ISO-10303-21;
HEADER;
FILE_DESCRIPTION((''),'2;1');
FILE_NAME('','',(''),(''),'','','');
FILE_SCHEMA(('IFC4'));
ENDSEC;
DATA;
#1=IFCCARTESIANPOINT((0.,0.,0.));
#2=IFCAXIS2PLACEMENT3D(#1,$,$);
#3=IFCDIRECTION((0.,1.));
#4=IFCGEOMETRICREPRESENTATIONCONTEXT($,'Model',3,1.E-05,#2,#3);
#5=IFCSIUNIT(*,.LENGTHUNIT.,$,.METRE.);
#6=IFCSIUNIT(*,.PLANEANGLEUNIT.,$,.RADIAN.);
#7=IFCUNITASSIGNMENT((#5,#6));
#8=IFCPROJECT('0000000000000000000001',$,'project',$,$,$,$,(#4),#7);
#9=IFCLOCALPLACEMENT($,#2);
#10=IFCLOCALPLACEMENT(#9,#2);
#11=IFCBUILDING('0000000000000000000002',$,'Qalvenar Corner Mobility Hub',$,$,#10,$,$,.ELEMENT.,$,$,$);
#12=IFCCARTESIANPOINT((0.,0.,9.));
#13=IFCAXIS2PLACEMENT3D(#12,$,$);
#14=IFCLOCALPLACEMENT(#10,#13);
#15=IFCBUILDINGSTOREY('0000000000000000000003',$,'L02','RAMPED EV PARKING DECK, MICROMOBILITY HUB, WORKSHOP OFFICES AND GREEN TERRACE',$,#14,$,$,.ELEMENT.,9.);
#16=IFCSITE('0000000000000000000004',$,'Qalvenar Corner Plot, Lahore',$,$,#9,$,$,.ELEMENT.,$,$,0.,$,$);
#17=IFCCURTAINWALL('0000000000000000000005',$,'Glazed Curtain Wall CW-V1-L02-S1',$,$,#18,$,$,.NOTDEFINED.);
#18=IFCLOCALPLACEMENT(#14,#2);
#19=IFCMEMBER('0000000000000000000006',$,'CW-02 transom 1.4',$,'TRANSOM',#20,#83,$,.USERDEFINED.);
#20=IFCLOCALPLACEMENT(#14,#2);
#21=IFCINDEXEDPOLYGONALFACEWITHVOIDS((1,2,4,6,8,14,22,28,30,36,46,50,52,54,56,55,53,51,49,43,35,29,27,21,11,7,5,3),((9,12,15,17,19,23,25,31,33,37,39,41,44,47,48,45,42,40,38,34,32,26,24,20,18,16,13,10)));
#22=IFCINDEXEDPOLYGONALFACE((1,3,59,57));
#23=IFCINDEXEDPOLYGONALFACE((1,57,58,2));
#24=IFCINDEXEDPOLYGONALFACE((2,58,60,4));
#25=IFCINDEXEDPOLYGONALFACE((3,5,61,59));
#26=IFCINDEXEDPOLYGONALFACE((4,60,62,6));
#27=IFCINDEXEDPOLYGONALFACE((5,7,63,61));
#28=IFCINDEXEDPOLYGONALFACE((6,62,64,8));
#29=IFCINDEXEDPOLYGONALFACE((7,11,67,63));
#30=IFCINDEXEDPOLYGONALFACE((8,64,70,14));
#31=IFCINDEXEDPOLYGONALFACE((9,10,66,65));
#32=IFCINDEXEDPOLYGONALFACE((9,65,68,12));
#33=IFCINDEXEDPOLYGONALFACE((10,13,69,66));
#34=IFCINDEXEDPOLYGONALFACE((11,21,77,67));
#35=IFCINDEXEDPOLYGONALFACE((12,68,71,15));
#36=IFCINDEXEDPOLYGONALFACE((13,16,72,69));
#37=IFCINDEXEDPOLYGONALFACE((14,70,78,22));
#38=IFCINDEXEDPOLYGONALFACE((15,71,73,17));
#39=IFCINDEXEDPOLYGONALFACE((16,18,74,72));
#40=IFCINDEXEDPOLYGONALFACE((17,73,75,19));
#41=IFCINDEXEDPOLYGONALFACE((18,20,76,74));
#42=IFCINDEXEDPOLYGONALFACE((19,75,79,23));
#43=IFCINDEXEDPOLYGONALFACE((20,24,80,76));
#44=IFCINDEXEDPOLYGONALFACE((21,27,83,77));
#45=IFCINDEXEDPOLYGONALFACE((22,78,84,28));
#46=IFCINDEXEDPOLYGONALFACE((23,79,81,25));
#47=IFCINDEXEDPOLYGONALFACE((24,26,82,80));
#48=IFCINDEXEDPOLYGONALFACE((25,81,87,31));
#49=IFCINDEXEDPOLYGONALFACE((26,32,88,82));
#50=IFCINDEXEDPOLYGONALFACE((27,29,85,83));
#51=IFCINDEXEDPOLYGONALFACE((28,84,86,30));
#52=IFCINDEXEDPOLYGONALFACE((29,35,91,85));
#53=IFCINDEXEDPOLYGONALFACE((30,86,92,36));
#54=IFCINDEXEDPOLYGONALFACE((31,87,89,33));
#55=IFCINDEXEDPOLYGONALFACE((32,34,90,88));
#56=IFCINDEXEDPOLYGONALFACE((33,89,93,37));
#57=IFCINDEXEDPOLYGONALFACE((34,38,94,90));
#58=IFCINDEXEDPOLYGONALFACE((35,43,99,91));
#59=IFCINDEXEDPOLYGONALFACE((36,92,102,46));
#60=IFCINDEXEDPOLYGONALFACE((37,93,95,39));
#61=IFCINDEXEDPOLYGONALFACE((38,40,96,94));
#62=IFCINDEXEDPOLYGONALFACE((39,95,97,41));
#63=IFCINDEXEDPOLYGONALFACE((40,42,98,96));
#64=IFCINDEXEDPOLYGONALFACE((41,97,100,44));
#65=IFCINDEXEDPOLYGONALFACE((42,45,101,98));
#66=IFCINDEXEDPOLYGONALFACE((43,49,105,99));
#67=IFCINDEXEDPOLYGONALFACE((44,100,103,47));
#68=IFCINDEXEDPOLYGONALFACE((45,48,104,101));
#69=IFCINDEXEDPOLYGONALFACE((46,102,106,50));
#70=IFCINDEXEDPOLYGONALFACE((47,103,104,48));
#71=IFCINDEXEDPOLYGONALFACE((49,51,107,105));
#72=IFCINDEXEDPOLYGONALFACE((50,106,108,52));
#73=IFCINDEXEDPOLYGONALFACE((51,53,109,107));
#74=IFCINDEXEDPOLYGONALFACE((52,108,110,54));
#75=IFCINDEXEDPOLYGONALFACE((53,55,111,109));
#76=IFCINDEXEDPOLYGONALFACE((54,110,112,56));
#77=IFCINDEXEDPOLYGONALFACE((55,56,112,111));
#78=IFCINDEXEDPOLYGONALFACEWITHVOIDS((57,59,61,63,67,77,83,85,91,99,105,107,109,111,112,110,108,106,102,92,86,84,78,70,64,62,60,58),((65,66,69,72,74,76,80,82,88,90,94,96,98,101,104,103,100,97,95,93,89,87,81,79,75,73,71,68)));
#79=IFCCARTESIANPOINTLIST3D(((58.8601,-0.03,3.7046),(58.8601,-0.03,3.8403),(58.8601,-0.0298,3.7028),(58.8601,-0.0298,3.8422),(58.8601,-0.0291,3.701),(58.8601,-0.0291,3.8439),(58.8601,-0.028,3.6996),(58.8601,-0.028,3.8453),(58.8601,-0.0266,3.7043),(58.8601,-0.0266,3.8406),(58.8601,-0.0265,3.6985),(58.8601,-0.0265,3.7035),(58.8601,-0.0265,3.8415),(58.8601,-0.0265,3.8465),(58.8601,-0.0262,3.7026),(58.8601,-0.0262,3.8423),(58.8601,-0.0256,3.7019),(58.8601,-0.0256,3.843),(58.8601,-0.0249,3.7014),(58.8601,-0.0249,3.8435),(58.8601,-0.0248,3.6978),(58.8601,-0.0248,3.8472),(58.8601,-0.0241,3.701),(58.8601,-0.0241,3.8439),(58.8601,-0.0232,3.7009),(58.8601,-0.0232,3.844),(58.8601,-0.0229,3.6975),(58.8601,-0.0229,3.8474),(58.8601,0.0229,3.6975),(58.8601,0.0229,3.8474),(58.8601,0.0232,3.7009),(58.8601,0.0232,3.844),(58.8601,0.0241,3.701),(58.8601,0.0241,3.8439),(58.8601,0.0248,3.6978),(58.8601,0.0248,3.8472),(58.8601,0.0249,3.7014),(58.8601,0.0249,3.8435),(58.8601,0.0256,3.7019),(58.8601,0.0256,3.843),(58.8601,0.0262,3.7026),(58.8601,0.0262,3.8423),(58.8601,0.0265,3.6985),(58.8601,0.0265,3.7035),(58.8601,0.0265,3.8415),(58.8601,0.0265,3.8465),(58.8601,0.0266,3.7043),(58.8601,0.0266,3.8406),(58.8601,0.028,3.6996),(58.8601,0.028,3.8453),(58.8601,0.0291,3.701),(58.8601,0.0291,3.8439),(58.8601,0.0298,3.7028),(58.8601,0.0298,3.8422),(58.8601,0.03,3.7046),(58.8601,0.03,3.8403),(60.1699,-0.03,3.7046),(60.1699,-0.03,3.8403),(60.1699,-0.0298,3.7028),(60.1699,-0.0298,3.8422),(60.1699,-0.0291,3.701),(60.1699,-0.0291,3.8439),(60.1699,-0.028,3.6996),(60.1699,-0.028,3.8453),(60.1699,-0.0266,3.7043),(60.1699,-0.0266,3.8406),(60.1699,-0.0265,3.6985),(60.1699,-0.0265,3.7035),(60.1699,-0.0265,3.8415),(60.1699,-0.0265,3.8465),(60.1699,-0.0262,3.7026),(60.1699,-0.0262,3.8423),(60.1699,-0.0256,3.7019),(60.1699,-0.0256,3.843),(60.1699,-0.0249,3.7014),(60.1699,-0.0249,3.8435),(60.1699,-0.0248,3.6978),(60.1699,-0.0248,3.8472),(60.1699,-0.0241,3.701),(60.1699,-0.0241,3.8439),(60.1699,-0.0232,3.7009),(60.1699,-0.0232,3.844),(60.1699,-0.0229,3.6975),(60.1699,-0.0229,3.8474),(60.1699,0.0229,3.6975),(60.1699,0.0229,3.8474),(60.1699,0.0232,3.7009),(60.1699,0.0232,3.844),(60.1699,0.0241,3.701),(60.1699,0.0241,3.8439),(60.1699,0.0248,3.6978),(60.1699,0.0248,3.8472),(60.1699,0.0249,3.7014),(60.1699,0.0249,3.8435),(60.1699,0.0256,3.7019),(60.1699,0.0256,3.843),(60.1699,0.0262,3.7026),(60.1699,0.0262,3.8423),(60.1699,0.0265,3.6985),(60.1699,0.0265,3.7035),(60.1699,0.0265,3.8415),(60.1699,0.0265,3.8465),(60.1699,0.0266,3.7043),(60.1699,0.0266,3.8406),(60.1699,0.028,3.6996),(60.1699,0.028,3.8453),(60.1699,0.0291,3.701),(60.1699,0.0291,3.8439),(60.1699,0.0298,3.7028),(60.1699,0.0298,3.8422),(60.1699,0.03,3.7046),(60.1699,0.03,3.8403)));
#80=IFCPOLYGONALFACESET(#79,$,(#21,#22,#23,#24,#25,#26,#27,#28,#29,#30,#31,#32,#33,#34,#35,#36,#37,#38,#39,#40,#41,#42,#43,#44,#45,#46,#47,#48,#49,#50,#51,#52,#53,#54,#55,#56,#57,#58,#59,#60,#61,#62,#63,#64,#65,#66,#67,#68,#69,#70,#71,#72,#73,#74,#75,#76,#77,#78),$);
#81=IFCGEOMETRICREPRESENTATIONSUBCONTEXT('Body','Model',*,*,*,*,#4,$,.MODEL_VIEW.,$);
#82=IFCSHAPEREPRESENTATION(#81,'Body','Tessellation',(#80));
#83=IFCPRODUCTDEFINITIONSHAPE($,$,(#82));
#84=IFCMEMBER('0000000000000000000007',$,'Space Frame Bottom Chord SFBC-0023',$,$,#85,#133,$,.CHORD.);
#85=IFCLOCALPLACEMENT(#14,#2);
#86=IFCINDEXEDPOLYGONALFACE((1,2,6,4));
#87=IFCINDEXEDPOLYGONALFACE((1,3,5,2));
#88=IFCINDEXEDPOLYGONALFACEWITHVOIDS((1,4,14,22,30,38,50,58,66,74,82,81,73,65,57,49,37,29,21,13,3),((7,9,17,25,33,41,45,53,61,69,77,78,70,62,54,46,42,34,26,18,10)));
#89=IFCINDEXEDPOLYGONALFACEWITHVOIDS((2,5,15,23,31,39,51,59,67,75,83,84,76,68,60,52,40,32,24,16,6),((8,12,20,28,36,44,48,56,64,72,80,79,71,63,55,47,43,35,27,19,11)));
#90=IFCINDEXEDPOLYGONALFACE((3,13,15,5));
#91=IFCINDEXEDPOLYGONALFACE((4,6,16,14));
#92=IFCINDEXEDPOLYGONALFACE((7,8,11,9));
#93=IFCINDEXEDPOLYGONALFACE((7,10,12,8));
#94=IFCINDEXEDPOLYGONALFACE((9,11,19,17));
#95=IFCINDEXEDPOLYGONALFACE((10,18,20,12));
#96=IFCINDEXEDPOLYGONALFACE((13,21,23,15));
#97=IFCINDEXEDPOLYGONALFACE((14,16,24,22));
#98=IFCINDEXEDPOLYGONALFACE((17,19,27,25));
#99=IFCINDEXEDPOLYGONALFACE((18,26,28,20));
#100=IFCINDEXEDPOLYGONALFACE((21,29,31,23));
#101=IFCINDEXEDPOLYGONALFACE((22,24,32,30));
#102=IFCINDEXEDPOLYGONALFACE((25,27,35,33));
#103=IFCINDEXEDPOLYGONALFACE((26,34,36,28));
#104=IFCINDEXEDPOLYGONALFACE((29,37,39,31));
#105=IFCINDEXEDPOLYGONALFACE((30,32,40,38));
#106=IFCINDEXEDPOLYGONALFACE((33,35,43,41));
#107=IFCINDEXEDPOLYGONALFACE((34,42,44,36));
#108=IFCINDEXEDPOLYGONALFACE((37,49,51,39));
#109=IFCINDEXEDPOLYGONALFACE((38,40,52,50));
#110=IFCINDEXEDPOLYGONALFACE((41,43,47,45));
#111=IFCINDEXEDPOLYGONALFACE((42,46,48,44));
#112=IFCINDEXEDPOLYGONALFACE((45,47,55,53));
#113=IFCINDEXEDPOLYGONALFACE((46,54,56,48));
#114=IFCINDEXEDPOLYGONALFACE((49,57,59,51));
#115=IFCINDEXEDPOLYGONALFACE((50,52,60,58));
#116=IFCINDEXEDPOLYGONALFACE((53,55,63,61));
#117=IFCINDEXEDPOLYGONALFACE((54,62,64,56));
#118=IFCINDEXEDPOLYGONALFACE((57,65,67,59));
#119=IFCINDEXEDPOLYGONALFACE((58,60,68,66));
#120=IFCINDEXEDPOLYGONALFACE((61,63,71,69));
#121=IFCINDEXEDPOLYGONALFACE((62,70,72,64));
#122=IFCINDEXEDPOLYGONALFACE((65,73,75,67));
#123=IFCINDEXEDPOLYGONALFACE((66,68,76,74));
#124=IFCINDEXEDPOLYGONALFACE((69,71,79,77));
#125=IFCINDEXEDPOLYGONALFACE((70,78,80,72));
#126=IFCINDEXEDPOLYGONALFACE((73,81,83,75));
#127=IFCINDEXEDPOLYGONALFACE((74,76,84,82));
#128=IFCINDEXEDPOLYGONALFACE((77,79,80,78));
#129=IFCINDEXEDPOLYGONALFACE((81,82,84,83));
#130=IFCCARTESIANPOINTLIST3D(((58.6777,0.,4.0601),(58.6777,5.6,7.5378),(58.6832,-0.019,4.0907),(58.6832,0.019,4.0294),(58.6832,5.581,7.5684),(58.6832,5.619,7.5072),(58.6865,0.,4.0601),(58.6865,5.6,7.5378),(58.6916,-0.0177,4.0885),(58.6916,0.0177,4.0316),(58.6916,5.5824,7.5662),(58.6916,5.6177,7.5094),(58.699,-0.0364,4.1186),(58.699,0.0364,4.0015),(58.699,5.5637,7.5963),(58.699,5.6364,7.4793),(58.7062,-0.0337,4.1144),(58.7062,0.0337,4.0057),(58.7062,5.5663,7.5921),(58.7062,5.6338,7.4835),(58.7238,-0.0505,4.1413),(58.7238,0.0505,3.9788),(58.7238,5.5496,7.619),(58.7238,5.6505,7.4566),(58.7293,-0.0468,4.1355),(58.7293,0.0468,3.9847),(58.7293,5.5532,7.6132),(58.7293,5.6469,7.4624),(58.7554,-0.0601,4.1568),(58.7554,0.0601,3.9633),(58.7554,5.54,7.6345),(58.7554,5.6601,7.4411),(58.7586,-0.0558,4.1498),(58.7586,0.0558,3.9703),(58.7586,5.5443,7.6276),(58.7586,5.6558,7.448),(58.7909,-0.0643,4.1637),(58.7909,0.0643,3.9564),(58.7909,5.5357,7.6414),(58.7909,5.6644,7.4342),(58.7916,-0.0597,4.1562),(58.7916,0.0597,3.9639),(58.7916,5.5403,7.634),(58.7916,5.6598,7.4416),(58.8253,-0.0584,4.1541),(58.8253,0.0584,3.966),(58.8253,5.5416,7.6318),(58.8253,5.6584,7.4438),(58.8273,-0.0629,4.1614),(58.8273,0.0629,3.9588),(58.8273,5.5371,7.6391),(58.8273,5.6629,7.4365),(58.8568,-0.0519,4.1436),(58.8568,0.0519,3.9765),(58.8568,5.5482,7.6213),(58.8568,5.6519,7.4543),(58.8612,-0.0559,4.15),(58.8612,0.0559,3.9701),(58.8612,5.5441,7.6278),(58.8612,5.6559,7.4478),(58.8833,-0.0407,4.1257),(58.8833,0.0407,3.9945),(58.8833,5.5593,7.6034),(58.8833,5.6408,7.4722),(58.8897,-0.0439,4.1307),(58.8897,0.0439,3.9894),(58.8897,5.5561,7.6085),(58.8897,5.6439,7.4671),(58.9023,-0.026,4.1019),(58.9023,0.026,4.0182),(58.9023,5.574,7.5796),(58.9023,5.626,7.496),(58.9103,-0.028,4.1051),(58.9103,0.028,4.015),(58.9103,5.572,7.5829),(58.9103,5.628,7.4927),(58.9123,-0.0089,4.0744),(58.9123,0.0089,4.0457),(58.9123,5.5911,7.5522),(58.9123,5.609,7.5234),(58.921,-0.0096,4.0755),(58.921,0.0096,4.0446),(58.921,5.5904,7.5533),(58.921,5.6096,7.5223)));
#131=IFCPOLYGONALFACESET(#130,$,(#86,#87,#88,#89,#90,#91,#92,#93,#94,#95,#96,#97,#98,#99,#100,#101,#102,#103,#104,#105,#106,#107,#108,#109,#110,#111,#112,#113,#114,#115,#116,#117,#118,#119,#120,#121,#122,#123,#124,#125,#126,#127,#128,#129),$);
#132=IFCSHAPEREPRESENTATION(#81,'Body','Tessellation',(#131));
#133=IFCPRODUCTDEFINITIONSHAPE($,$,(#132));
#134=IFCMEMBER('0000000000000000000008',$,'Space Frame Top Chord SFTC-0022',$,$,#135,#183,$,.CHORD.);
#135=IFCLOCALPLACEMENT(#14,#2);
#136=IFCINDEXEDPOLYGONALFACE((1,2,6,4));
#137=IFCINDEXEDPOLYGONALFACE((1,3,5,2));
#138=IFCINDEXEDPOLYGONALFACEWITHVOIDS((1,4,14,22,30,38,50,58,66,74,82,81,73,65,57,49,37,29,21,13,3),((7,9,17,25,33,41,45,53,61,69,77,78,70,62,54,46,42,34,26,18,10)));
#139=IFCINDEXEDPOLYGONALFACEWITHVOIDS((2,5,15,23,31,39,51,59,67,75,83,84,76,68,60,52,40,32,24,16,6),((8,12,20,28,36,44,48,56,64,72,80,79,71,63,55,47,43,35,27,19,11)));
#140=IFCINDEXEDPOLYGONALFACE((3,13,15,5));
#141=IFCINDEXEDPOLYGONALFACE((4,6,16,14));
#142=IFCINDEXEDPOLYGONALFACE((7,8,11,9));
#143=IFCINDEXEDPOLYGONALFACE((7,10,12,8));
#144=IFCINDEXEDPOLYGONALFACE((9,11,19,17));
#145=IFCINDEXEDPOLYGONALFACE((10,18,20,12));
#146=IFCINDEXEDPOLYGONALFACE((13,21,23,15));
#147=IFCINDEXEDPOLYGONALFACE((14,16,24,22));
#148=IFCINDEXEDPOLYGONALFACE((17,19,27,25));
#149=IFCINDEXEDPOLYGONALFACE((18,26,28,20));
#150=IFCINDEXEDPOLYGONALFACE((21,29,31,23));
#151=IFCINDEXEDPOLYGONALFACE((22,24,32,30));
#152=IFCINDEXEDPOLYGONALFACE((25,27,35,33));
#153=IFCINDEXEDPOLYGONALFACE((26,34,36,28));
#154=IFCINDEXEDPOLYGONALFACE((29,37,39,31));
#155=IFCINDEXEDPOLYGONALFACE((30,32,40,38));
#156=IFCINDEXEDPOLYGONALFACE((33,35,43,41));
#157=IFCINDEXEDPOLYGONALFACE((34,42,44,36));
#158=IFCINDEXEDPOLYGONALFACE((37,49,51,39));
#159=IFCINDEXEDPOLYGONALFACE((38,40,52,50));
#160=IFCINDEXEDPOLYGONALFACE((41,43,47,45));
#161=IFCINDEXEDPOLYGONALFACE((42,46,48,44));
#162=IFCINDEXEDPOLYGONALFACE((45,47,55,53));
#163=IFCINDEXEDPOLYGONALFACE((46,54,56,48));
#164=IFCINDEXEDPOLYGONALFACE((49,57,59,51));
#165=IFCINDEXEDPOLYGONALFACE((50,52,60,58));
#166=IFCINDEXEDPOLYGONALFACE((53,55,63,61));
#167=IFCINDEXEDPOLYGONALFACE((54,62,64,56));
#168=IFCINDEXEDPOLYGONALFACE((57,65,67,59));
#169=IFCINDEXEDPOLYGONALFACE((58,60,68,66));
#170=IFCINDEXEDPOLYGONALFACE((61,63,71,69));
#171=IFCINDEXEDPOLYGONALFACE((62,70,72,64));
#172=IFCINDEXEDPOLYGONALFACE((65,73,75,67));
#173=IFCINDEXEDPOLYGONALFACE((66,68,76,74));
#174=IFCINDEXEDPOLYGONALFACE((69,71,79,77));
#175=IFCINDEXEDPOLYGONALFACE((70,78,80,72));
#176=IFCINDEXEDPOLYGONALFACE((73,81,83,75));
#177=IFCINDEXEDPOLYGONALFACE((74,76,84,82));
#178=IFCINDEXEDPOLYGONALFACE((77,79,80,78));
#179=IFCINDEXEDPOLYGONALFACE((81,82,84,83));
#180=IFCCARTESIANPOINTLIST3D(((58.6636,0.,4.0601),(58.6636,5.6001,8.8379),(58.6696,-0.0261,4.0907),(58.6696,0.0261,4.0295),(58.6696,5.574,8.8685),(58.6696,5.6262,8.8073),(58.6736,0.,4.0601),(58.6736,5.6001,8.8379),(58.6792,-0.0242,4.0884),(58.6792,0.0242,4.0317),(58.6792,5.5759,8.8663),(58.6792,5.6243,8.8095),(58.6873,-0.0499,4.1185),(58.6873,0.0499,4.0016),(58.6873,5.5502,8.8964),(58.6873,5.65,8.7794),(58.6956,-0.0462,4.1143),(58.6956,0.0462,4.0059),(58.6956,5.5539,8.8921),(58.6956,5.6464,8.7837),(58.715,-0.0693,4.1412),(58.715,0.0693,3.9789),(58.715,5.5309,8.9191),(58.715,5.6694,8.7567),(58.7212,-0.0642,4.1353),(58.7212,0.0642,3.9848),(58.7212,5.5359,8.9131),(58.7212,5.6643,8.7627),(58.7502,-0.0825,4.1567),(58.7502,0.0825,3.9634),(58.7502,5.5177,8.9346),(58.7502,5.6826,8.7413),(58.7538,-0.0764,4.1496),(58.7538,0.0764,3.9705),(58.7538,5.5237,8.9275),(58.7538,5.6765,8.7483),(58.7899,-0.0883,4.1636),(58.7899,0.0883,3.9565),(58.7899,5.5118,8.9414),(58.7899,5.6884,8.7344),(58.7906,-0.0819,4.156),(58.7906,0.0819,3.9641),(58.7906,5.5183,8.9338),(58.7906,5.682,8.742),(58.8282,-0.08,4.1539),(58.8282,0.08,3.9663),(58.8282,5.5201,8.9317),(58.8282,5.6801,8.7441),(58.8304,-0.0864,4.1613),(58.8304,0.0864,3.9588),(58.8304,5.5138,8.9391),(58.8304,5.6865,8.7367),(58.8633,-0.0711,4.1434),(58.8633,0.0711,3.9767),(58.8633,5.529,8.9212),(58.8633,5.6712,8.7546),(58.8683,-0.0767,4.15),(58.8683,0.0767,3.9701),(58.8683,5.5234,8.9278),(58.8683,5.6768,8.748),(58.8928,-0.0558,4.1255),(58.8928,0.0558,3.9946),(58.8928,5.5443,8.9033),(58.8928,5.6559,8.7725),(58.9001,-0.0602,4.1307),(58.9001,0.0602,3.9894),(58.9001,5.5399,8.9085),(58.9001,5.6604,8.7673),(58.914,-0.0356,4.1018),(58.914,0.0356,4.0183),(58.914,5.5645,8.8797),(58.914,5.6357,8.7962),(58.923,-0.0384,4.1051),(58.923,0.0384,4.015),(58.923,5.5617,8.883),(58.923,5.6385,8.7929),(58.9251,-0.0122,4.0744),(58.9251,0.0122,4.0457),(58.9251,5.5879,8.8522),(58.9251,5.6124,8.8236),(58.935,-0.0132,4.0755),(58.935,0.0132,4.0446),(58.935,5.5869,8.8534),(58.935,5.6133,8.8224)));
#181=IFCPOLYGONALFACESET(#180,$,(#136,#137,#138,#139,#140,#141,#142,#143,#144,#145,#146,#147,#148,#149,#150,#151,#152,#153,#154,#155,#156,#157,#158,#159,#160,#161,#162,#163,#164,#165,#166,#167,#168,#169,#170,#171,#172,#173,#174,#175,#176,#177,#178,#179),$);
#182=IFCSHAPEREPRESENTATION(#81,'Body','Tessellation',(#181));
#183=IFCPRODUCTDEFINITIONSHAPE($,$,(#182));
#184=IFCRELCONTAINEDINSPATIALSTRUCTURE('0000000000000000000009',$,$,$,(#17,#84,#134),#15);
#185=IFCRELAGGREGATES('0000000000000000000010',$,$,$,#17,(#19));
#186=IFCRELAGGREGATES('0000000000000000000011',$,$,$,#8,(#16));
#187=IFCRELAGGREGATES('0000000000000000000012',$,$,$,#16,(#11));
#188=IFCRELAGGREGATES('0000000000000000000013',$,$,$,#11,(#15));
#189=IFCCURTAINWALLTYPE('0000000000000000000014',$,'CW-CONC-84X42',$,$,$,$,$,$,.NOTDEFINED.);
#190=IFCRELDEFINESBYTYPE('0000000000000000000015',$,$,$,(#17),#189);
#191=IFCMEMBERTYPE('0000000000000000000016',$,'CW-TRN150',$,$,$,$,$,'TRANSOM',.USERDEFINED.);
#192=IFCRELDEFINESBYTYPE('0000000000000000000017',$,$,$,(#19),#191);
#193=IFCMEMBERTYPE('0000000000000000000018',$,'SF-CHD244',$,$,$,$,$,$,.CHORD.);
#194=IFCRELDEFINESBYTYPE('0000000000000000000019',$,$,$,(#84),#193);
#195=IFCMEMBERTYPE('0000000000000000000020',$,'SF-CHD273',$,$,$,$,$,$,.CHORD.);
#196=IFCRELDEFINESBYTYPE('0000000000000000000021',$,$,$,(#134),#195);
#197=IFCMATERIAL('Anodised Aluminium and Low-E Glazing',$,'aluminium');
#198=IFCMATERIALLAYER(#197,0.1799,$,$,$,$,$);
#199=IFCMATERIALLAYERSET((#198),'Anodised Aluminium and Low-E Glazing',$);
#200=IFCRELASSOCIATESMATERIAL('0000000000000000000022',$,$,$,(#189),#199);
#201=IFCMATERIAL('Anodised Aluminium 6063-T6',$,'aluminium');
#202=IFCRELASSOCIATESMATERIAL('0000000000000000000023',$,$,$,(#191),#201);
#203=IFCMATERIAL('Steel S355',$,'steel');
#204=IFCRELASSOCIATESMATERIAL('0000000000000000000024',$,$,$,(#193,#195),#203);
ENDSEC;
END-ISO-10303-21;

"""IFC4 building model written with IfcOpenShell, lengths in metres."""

from ifc_helpers import new_model, si_unit, direction, frame, origin, origin_2d, place, context, subcontext, project, spatial, hollow_rectangle, hollow_circle, extrude, material, layer, layer_set, material_profile, profile_set, type_object, element, aggregate, save


model = new_model("IFC4")

# Units and contexts
model_context = context("Model", 3, precision=1e-05, world=origin(), true_north=direction((0.0, 1.0)))
body_context = subcontext(model_context, "Body", "Model", "MODEL_VIEW")
ifc_project = project(units=[si_unit("LENGTHUNIT", "METRE"), si_unit("PLANEANGLEUNIT", "RADIAN")], contexts=[model_context])

# Site, building, storey
site_placement = place(None, origin())
site = spatial("IfcSite", under=ifc_project, at=site_placement, Name="Qalvenar Corner Plot, Lahore", CompositionType="ELEMENT", RefElevation=0.0)
building_placement = place(site_placement, origin())
building = spatial("IfcBuilding", under=site, at=building_placement, Name="Qalvenar Corner Mobility Hub", CompositionType="ELEMENT")
storey_placement = place(building_placement, frame((0.0, 0.0, 9.0)))
storey = spatial("IfcBuildingStorey", under=building, at=storey_placement, Name="L02", Description="RAMPED EV PARKING DECK, MICROMOBILITY HUB, WORKSHOP OFFICES AND GREEN TERRACE", CompositionType="ELEMENT", Elevation=9.0)

# Shared definitions
ifc_material_1 = material(Name="Anodised Aluminium and Low-E Glazing", Category="aluminium")
ifc_layer_1 = layer(ifc_material_1, 0.1799)
ifc_layer_set_1 = layer_set([ifc_layer_1], Name="Anodised Aluminium and Low-E Glazing")
curtain_wall_type = type_object("IfcCurtainWallType", Name="CW-CONC-84X42", PredefinedType="NOTDEFINED", material=ifc_layer_set_1)
ifc_material_2 = material(Name="Anodised Aluminium 6063-T6", Category="aluminium")

# Curtain wall
curtain_wall_1_placement = place(storey_placement, origin())
curtain_wall_1 = element("IfcCurtainWall", 1, at=curtain_wall_1_placement, inside=storey, type_object=curtain_wall_type, Name="Glazed Curtain Wall CW-V1-L02-S1", PredefinedType="NOTDEFINED")

# Member
ifc_material_profile_1 = material_profile(ifc_material_2, hollow_rectangle(XDim=0.0601, YDim=0.1499, WallThickness=0.0034, InnerFilletRadius=0.0034, OuterFilletRadius=0.0071, at=origin_2d()), Name="RHS150x60x3.5")
ifc_profile_set_1 = profile_set([ifc_material_profile_1], Name="Anodised Aluminium 6063-T6")
member_type_1 = type_object("IfcMemberType", Name="CW-TRN150", ElementType="TRANSOM", PredefinedType="USERDEFINED", material=ifc_profile_set_1)
member_1_placement = place(storey_placement, frame((58.8601, 0.0, 3.7725), z_axis=(1.0, 0.0, 0.0), x_axis=(0.0, 1.0, 0.0)))
member_1 = element("IfcMember", 2, at=member_1_placement, type_object=member_type_1, Name="CW-02 transom 1.4", ObjectType="TRANSOM", PredefinedType="USERDEFINED", context=body_context, shape_type="SweptSolid", body=[
    extrude(hollow_rectangle(XDim=0.0601, YDim=0.1499, WallThickness=0.0034, InnerFilletRadius=0.0034, OuterFilletRadius=0.0071, at=origin_2d()), origin(), (0.0, 0.0, 1.0), 1.3098),
])
aggregate(curtain_wall_1, [member_1])

# Members
ifc_material_3 = material(Name="Steel S355", Category="steel")
ifc_material_profile_2 = material_profile(ifc_material_3, hollow_circle(Radius=0.1223, WallThickness=0.0088, at=origin_2d()), Name="CHS244.5x8.8")
ifc_profile_set_2 = profile_set([ifc_material_profile_2], Name="Steel S355")
member_type_2 = type_object("IfcMemberType", Name="SF-CHD244", PredefinedType="CHORD", material=ifc_profile_set_2)
member_2_placement = place(storey_placement, frame((58.8, 0.0, 4.0601), z_axis=(0.0, 0.849514, 0.527567), x_axis=(-1.0, 0.0, 0.0)))
element("IfcMember", 3, at=member_2_placement, inside=storey, type_object=member_type_2, Name="Space Frame Bottom Chord SFBC-0023", PredefinedType="CHORD", context=body_context, shape_type="SweptSolid", body=[
    extrude(hollow_circle(Radius=0.1223, WallThickness=0.0088, at=origin_2d()), origin(), (0.0, 0.0, 1.0), 6.592),
])
ifc_material_profile_3 = material_profile(ifc_material_3, hollow_circle(Radius=0.1365, WallThickness=0.01, at=origin_2d()), Name="CHS273x10")
ifc_profile_set_3 = profile_set([ifc_material_profile_3], Name="Steel S355")
member_type_3 = type_object("IfcMemberType", Name="SF-CHD273", PredefinedType="CHORD", material=ifc_profile_set_3)
member_3_placement = place(storey_placement, frame((58.8, 0.0, 4.0601), z_axis=(0.0, 0.760748, 0.649047), x_axis=(-1.0, 0.0, 0.0)))
element("IfcMember", 4, at=member_3_placement, inside=storey, type_object=member_type_3, Name="Space Frame Top Chord SFTC-0022", PredefinedType="CHORD", context=body_context, shape_type="SweptSolid", body=[
    extrude(hollow_circle(Radius=0.1365, WallThickness=0.01, at=origin_2d()), origin(), (0.0, 0.0, 1.0), 7.3613),
])

save(model, "model.ifc")
